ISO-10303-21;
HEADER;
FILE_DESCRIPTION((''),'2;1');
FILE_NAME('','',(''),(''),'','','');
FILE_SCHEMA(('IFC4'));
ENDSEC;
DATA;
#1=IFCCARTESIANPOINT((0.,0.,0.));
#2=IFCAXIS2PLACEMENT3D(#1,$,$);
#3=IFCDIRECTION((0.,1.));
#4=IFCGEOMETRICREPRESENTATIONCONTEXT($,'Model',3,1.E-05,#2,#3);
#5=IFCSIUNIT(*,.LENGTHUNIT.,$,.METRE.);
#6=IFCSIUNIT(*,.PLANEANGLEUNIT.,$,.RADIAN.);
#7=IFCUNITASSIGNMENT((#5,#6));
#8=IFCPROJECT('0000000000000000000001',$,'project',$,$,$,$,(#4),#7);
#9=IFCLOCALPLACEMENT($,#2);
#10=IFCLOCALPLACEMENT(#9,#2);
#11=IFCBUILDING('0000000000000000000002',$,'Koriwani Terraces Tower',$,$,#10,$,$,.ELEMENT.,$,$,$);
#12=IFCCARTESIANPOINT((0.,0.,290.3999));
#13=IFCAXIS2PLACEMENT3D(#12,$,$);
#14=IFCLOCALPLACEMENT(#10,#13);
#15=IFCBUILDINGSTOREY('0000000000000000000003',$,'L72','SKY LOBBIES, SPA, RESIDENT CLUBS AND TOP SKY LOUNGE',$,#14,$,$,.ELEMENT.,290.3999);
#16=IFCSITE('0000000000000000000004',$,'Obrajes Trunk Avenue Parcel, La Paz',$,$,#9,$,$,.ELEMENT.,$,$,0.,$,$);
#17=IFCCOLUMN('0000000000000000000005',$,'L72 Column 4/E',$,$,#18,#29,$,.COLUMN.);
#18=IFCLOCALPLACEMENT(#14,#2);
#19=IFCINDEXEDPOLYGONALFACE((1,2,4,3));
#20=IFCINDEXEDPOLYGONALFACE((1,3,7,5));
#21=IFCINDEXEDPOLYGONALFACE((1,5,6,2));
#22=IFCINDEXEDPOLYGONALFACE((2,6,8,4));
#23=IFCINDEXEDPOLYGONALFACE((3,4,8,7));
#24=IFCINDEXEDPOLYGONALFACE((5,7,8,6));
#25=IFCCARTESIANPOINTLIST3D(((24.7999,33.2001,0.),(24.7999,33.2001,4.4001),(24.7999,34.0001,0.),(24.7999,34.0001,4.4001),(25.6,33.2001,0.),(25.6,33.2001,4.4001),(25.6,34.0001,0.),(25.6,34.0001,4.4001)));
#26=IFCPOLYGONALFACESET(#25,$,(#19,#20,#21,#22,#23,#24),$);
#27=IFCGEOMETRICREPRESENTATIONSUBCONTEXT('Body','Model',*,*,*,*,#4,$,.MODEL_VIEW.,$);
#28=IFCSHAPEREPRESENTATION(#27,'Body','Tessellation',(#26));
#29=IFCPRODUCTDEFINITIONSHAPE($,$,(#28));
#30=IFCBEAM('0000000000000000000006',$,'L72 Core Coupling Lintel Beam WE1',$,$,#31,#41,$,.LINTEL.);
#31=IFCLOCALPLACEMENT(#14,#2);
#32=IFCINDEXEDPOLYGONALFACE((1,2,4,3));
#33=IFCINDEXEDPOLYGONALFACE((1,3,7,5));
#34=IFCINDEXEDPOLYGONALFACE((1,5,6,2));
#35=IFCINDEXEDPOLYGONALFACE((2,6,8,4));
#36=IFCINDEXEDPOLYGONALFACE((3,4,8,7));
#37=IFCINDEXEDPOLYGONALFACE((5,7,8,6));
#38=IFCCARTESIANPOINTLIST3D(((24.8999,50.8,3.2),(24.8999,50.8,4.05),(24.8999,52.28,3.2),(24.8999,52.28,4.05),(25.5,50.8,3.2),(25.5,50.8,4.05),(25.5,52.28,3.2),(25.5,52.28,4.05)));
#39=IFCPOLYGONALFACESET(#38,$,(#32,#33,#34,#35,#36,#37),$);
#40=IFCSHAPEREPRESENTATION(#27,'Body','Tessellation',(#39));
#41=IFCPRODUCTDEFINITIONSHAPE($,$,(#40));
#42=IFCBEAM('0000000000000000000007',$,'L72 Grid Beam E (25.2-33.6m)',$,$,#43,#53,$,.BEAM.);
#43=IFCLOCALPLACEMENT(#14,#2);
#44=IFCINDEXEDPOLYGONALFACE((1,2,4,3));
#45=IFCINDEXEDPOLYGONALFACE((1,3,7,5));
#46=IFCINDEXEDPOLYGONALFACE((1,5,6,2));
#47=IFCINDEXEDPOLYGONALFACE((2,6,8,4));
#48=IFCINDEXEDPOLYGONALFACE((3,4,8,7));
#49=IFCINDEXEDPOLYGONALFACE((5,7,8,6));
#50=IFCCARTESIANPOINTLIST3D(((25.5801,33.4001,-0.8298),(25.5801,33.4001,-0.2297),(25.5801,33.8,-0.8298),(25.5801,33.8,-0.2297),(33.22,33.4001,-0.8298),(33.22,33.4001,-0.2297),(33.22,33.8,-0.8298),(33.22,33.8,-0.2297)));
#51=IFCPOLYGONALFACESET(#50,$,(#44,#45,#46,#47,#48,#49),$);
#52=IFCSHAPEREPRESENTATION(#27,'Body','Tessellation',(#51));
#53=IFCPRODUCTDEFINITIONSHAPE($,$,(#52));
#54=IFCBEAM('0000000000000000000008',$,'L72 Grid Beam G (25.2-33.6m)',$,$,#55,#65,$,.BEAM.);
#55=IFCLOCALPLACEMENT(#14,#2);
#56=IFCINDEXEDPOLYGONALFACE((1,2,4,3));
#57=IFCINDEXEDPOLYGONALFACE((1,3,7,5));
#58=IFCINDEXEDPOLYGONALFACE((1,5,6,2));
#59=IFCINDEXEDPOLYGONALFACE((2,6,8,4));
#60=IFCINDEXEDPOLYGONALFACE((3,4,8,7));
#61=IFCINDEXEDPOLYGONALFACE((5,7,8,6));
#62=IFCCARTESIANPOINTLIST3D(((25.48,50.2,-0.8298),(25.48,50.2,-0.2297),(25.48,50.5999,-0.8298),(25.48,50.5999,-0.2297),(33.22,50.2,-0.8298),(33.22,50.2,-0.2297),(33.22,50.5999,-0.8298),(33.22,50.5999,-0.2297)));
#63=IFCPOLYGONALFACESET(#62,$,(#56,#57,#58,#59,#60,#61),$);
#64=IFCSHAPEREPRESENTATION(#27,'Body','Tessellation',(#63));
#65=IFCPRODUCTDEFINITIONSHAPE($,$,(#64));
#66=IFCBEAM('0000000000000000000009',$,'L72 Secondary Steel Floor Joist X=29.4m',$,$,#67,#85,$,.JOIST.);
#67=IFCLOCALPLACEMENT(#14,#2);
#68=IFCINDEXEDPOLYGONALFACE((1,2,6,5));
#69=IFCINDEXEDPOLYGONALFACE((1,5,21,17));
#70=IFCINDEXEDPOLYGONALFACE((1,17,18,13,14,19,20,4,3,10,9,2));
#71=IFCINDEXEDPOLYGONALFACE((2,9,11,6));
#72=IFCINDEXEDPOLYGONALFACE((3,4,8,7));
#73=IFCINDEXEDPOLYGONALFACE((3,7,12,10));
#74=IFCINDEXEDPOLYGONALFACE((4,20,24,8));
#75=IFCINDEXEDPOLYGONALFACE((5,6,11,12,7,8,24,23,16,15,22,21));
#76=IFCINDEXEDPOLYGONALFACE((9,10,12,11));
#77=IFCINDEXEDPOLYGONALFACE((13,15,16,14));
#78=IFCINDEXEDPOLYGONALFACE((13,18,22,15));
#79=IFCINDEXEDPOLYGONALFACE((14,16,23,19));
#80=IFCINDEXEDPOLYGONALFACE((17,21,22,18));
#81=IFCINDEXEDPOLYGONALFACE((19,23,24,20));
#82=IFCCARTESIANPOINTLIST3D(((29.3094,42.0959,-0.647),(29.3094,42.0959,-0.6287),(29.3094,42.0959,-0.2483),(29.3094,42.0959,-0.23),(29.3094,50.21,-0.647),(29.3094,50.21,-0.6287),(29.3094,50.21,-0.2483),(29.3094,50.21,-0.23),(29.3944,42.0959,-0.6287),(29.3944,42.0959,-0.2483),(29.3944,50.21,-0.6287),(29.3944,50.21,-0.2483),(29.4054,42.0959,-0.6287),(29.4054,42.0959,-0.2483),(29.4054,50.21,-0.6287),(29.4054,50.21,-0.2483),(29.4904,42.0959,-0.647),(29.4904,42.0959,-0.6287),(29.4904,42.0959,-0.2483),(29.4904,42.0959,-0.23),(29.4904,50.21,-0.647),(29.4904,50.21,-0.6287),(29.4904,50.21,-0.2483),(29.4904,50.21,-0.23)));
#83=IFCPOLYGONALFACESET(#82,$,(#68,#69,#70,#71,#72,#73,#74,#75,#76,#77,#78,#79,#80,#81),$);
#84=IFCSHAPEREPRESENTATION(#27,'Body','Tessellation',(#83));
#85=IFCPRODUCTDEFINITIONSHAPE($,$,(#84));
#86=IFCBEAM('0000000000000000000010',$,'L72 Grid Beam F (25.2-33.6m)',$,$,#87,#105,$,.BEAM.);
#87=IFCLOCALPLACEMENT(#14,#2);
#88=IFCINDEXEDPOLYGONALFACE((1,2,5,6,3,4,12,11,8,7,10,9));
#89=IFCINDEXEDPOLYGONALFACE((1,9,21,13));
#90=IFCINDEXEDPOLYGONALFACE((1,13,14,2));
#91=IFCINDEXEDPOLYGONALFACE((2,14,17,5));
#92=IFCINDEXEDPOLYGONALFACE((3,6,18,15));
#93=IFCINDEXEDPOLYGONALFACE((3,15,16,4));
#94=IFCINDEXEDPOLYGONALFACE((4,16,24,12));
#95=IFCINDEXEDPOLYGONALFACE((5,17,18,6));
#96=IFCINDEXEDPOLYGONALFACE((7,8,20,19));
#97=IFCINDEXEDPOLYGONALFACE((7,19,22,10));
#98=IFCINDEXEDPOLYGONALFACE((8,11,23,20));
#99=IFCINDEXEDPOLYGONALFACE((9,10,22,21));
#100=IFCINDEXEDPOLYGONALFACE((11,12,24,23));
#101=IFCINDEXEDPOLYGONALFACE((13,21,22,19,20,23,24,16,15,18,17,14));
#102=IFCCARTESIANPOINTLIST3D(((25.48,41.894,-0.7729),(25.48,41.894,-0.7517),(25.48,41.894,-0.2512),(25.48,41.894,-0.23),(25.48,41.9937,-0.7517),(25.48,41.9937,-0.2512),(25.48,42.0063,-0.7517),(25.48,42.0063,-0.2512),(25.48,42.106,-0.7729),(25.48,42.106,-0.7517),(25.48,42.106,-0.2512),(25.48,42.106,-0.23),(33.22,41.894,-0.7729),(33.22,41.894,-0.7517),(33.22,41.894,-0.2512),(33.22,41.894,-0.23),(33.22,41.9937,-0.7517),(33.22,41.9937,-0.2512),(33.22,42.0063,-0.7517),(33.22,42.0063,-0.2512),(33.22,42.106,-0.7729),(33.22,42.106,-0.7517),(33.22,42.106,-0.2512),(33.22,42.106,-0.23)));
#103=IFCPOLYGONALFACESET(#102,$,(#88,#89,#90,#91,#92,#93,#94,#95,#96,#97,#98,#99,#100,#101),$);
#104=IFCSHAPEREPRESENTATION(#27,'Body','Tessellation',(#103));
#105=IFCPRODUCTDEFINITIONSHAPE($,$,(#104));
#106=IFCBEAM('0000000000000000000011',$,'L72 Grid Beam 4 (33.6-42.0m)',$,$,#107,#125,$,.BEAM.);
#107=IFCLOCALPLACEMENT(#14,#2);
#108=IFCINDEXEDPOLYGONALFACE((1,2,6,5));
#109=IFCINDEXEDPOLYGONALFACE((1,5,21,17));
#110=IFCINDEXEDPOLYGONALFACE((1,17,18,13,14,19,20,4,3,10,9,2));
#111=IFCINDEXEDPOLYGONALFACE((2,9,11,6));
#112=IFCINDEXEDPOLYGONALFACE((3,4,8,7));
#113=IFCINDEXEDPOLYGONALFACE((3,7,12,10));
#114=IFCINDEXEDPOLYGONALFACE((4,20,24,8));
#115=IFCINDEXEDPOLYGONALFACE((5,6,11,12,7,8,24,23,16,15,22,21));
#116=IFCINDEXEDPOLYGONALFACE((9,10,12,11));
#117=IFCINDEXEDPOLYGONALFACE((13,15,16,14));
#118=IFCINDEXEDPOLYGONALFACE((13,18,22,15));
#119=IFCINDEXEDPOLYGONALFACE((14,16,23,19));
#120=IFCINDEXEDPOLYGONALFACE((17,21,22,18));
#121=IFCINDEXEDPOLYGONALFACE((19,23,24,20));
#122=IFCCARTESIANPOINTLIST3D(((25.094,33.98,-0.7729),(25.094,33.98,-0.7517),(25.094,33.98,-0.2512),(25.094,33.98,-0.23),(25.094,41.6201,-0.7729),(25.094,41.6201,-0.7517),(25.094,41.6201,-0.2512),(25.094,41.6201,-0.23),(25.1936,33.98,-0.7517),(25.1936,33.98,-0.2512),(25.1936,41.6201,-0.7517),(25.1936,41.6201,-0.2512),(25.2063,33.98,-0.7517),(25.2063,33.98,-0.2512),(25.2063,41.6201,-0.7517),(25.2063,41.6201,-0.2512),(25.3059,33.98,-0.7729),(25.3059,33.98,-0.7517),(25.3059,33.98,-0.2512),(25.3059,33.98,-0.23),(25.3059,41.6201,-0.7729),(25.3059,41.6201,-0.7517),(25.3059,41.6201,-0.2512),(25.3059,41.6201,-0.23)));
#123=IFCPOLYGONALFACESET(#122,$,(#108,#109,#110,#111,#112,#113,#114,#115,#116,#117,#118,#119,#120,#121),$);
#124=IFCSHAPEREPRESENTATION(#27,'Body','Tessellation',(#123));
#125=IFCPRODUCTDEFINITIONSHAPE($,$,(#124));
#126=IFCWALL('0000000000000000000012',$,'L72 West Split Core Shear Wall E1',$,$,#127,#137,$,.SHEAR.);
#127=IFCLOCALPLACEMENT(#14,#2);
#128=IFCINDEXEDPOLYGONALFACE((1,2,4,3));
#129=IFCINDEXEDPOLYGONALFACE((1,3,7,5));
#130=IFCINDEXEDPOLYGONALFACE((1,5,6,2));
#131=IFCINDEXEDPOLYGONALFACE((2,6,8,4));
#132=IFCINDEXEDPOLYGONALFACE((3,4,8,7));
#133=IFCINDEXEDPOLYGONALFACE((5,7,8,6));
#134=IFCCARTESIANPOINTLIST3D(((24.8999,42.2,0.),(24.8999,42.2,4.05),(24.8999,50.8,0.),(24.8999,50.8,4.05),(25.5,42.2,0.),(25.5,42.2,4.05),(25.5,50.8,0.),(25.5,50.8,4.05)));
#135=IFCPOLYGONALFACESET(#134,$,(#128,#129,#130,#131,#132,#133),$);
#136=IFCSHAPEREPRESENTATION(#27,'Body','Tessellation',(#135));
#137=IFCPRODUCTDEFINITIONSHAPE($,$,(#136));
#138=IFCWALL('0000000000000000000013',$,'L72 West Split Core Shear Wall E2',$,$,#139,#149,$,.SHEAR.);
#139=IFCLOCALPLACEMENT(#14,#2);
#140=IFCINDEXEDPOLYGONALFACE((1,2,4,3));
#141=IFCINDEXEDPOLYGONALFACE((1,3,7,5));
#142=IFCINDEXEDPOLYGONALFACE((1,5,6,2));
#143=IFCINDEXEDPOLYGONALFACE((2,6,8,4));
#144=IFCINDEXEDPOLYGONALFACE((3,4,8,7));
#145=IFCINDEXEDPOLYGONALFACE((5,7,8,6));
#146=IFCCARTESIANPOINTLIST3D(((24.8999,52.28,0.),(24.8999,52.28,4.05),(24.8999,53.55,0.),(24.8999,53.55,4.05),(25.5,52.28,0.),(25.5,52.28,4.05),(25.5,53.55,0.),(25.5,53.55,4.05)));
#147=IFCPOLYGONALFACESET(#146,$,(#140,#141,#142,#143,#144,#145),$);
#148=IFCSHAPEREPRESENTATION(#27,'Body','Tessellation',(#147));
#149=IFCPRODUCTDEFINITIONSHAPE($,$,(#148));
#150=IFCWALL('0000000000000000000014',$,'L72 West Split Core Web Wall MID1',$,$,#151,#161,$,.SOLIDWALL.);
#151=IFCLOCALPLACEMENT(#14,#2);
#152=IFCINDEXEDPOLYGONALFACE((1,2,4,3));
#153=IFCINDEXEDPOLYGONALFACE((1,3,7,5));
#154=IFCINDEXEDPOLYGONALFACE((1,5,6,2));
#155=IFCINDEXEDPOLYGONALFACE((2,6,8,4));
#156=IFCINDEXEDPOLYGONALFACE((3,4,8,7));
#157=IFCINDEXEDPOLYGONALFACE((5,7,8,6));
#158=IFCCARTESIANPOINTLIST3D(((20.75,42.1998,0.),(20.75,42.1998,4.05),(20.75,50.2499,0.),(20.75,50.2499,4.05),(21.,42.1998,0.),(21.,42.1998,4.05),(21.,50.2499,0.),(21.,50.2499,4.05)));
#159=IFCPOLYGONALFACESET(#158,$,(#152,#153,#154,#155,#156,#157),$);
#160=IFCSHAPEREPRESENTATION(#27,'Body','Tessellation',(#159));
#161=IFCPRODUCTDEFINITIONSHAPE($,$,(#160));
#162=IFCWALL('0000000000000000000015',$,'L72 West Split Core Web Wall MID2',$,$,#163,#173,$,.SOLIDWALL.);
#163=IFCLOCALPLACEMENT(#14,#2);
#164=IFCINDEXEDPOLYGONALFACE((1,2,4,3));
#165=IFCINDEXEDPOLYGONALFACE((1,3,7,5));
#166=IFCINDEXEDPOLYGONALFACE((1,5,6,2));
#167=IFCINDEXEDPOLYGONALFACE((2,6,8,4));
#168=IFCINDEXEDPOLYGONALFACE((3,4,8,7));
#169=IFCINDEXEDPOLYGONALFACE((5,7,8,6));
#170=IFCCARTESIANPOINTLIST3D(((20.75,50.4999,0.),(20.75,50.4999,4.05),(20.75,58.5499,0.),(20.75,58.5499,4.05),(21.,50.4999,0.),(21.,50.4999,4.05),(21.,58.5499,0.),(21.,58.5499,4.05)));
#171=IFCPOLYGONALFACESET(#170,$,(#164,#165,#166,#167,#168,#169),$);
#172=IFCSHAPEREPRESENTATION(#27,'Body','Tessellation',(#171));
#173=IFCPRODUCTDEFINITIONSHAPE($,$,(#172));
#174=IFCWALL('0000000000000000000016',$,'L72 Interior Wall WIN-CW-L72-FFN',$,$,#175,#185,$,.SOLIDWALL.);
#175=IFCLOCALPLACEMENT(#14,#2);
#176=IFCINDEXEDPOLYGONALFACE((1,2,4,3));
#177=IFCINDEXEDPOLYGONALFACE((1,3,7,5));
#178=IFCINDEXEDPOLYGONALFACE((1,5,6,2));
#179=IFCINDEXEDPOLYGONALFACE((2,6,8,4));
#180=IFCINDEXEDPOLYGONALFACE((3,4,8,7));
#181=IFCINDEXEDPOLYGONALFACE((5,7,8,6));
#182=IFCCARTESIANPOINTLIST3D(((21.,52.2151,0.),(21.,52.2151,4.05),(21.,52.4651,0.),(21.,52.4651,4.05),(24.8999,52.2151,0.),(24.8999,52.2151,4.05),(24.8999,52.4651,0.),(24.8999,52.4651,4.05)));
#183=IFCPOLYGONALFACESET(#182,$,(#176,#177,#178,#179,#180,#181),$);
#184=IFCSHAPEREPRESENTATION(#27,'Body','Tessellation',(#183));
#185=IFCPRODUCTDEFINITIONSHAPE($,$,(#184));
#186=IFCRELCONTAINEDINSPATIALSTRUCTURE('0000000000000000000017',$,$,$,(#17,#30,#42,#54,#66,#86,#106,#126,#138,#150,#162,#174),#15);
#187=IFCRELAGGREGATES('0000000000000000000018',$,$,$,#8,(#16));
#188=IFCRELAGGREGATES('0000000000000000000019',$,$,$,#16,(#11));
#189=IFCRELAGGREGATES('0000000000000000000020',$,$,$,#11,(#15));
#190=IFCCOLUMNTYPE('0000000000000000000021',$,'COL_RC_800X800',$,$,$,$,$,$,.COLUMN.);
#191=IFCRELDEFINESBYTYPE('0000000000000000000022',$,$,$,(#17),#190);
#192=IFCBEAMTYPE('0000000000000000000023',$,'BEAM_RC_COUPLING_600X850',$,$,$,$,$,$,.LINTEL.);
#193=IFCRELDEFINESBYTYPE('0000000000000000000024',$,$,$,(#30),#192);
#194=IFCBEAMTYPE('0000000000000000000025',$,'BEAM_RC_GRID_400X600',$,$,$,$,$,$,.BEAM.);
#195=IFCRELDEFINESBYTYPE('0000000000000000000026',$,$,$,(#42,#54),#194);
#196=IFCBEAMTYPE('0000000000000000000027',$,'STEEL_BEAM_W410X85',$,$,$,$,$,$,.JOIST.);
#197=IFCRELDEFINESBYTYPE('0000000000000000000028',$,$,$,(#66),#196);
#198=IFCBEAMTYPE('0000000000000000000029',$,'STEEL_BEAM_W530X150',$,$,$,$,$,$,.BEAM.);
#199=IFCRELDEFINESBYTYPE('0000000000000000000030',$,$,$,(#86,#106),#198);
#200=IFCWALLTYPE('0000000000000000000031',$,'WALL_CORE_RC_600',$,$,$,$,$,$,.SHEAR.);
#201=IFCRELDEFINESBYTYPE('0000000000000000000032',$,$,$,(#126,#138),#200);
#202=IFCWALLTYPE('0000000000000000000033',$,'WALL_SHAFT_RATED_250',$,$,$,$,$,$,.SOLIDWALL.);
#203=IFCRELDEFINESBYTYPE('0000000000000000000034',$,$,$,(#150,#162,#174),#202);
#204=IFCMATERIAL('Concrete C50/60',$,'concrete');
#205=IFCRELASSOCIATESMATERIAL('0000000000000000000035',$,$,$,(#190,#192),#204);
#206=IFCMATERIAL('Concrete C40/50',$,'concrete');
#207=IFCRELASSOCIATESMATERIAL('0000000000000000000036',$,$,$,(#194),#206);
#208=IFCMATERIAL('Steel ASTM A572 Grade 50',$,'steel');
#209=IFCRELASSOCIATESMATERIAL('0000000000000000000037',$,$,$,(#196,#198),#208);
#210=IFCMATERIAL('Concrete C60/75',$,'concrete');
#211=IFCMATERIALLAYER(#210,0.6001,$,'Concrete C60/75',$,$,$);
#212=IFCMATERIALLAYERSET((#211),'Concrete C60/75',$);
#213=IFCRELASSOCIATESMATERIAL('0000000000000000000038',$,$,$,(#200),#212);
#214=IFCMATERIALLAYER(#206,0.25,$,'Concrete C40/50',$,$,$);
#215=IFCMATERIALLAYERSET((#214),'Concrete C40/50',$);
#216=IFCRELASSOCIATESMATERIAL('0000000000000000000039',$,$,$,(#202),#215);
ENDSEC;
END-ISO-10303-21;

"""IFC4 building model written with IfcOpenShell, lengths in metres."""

from ifc_helpers import new_model, si_unit, direction, frame, frame_2d, origin, origin_2d, place, context, subcontext, project, spatial, rectangle, i_section, extrude, material, layer, layer_set, material_profile, profile_set, type_object, element, save


model = new_model("IFC4")

# Units and contexts
model_context = context("Model", 3, precision=1e-05, world=origin(), true_north=direction((0.0, 1.0)))
body_context = subcontext(model_context, "Body", "Model", "MODEL_VIEW")
ifc_project = project(units=[si_unit("LENGTHUNIT", "METRE"), si_unit("PLANEANGLEUNIT", "RADIAN")], contexts=[model_context])

# Site, building, storey
site_placement = place(None, origin())
site = spatial("IfcSite", under=ifc_project, at=site_placement, Name="Obrajes Trunk Avenue Parcel, La Paz", CompositionType="ELEMENT", RefElevation=0.0)
building_placement = place(site_placement, origin())
building = spatial("IfcBuilding", under=site, at=building_placement, Name="Koriwani Terraces Tower", CompositionType="ELEMENT")
storey_placement = place(building_placement, frame((0.0, 0.0, 290.3999)))
storey = spatial("IfcBuildingStorey", under=building, at=storey_placement, Name="L72", Description="SKY LOBBIES, SPA, RESIDENT CLUBS AND TOP SKY LOUNGE", CompositionType="ELEMENT", Elevation=290.3999)

# Column
ifc_material_1 = material(Name="Concrete C50/60", Category="concrete")
ifc_material_profile_1 = material_profile(ifc_material_1, rectangle(XDim=0.8, YDim=0.8, at=origin_2d()), Name="Concrete C50/60", Category="LoadBearing")
ifc_profile_set_1 = profile_set([ifc_material_profile_1], Name="Concrete C50/60")
column_type = type_object("IfcColumnType", Name="COL_RC_800X800", PredefinedType="COLUMN", material=ifc_profile_set_1)
column_placement = place(storey_placement, frame((25.2, 33.6001, 0.0), z_axis=(0.0, 0.0, 1.0), x_axis=(1.0, 0.0, 0.0)))
element("IfcColumn", 1, at=column_placement, inside=storey, type_object=column_type, Name="L72 Column 4/E", PredefinedType="COLUMN", context=body_context, shape_type="SweptSolid", body=[
    extrude(rectangle(XDim=0.8, YDim=0.8, at=origin_2d()), origin(), (0.0, 0.0, 1.0), 4.4001),
])

# Beams
ifc_material_profile_2 = material_profile(ifc_material_1, rectangle(XDim=0.6001, YDim=0.8501, at=origin_2d()), Name="Concrete C50/60", Category="LoadBearing")
ifc_profile_set_2 = profile_set([ifc_material_profile_2], Name="Concrete C50/60")
beam_type_1 = type_object("IfcBeamType", Name="BEAM_RC_COUPLING_600X850", PredefinedType="LINTEL", material=ifc_profile_set_2)
beam_1_placement = place(storey_placement, frame((25.2, 50.8, 3.625), z_axis=(0.0, 1.0, 0.0), x_axis=(-1.0, 0.0, 0.0)))
element("IfcBeam", 2, at=beam_1_placement, inside=storey, type_object=beam_type_1, Name="L72 Core Coupling Lintel Beam WE1", PredefinedType="LINTEL", context=body_context, shape_type="SweptSolid", body=[
    extrude(rectangle(XDim=0.6001, YDim=0.8501, at=origin_2d()), origin(), (0.0, 0.0, 1.0), 1.48),
])
ifc_material_2 = material(Name="Concrete C40/50", Category="concrete")
ifc_material_profile_3 = material_profile(ifc_material_2, rectangle(XDim=0.3999, YDim=0.6001, at=origin_2d()), Name="Concrete C40/50", Category="LoadBearing")
ifc_profile_set_3 = profile_set([ifc_material_profile_3], Name="Concrete C40/50")
beam_type_2 = type_object("IfcBeamType", Name="BEAM_RC_GRID_400X600", PredefinedType="BEAM", material=ifc_profile_set_3)
beam_2_placement = place(storey_placement, frame((25.5801, 33.6001, -0.5298), z_axis=(1.0, 0.0, 0.0), x_axis=(0.0, 1.0, 0.0)))
element("IfcBeam", 3, at=beam_2_placement, inside=storey, type_object=beam_type_2, Name="L72 Grid Beam E (25.2-33.6m)", PredefinedType="BEAM", context=body_context, shape_type="SweptSolid", body=[
    extrude(rectangle(XDim=0.3999, YDim=0.6001, at=origin_2d()), origin(), (0.0, 0.0, 1.0), 7.6399),
])
beam_3_placement = place(storey_placement, frame((25.48, 50.3999, -0.5298), z_axis=(1.0, 0.0, 0.0), x_axis=(0.0, 1.0, 0.0)))
element("IfcBeam", 4, at=beam_3_placement, inside=storey, type_object=beam_type_2, Name="L72 Grid Beam G (25.2-33.6m)", PredefinedType="BEAM", context=body_context, shape_type="SweptSolid", body=[
    extrude(rectangle(XDim=0.3999, YDim=0.6001, at=origin_2d()), origin(), (0.0, 0.0, 1.0), 7.74),
])
ifc_material_3 = material(Name="Steel ASTM A572 Grade 50", Category="steel")
ifc_material_profile_4 = material_profile(ifc_material_3, i_section(OverallWidth=0.1809, OverallDepth=0.417, WebThickness=0.011, FlangeThickness=0.0183, at=origin_2d()), Name="Steel ASTM A572 Grade 50", Category="LoadBearing")
ifc_profile_set_4 = profile_set([ifc_material_profile_4], Name="Steel ASTM A572 Grade 50")
beam_type_3 = type_object("IfcBeamType", Name="STEEL_BEAM_W410X85", PredefinedType="JOIST", material=ifc_profile_set_4)
beam_4_placement = place(storey_placement, frame((29.3999, 42.0959, -0.4385), z_axis=(0.0, 1.0, 0.0), x_axis=(-1.0, 0.0, 0.0)))
element("IfcBeam", 5, at=beam_4_placement, inside=storey, type_object=beam_type_3, Name="L72 Secondary Steel Floor Joist X=29.4m", PredefinedType="JOIST", context=body_context, shape_type="SweptSolid", body=[
    extrude(i_section(OverallWidth=0.1809, OverallDepth=0.417, WebThickness=0.011, FlangeThickness=0.0183, at=origin_2d()), origin(), (0.0, 0.0, 1.0), 8.114),
])
ifc_material_profile_5 = material_profile(ifc_material_3, i_section(OverallWidth=0.2119, OverallDepth=0.543, WebThickness=0.0127, FlangeThickness=0.0212, at=origin_2d()), Name="Steel ASTM A572 Grade 50", Category="LoadBearing")
ifc_profile_set_5 = profile_set([ifc_material_profile_5], Name="Steel ASTM A572 Grade 50")
beam_type_4 = type_object("IfcBeamType", Name="STEEL_BEAM_W530X150", PredefinedType="BEAM", material=ifc_profile_set_5)
beam_5_placement = place(storey_placement, frame((25.48, 42.0, -0.5015), z_axis=(1.0, 0.0, 0.0), x_axis=(0.0, 1.0, 0.0)))
element("IfcBeam", 6, at=beam_5_placement, inside=storey, type_object=beam_type_4, Name="L72 Grid Beam F (25.2-33.6m)", PredefinedType="BEAM", context=body_context, shape_type="SweptSolid", body=[
    extrude(i_section(OverallWidth=0.2119, OverallDepth=0.543, WebThickness=0.0127, FlangeThickness=0.0212, at=origin_2d()), origin(), (0.0, 0.0, 1.0), 7.74),
])
beam_6_placement = place(storey_placement, frame((25.2, 33.98, -0.5015), z_axis=(0.0, 1.0, 0.0), x_axis=(-1.0, 0.0, 0.0)))
element("IfcBeam", 7, at=beam_6_placement, inside=storey, type_object=beam_type_4, Name="L72 Grid Beam 4 (33.6-42.0m)", PredefinedType="BEAM", context=body_context, shape_type="SweptSolid", body=[
    extrude(i_section(OverallWidth=0.2119, OverallDepth=0.543, WebThickness=0.0127, FlangeThickness=0.0212, at=origin_2d()), origin(), (0.0, 0.0, 1.0), 7.6401),
])

# Walls
ifc_material_4 = material(Name="Concrete C60/75", Category="concrete")
ifc_layer_1 = layer(ifc_material_4, 0.6001, Name="Concrete C60/75")
ifc_layer_set_1 = layer_set([ifc_layer_1], Name="Concrete C60/75")
wall_type_1 = type_object("IfcWallType", Name="WALL_CORE_RC_600", PredefinedType="SHEAR", material=ifc_layer_set_1)
wall_1_placement = place(storey_placement, frame((25.2, 42.2, 0.0), z_axis=(0.0, 0.0, 1.0), x_axis=(0.0, 1.0, 0.0)))
element("IfcWall", 8, at=wall_1_placement, inside=storey, type_object=wall_type_1, Name="L72 West Split Core Shear Wall E1", PredefinedType="SHEAR", context=body_context, shape_type="SweptSolid", body=[
    extrude(rectangle(XDim=8.6001, YDim=0.6001, at=frame_2d((4.3, 0.0))), origin(), (0.0, 0.0, 1.0), 4.05),
])
wall_2_placement = place(storey_placement, frame((25.2, 52.28, 0.0), z_axis=(0.0, 0.0, 1.0), x_axis=(0.0, 1.0, 0.0)))
element("IfcWall", 9, at=wall_2_placement, inside=storey, type_object=wall_type_1, Name="L72 West Split Core Shear Wall E2", PredefinedType="SHEAR", context=body_context, shape_type="SweptSolid", body=[
    extrude(rectangle(XDim=1.27, YDim=0.6001, at=frame_2d((0.635, 0.0))), origin(), (0.0, 0.0, 1.0), 4.05),
])
ifc_layer_2 = layer(ifc_material_2, 0.25, Name="Concrete C40/50")
ifc_layer_set_2 = layer_set([ifc_layer_2], Name="Concrete C40/50")
wall_type_2 = type_object("IfcWallType", Name="WALL_SHAFT_RATED_250", PredefinedType="SOLIDWALL", material=ifc_layer_set_2)
for number, where, z_axis, x_axis, name in (
    (10, (20.875, 42.2, 0.0), (0.0, 0.0, 1.0), (0.0, 1.0, 0.0), "L72 West Split Core Web Wall MID1"),
    (11, (20.875, 50.5, 0.0), (0.0, 0.0, 1.0), (0.0, 1.0, 0.0), "L72 West Split Core Web Wall MID2"),
):
    element("IfcWall", number, at=place(storey_placement, frame(where, z_axis=z_axis, x_axis=x_axis)), inside=storey, type_object=wall_type_2, Name=name, PredefinedType="SOLIDWALL", context=body_context, shape_type="SweptSolid", body=[
        extrude(rectangle(XDim=8.05, YDim=0.25, at=frame_2d((4.0249, 0.0))), origin(), (0.0, 0.0, 1.0), 4.05),
    ])

# Wall
wall_3_placement = place(storey_placement, frame((21.0, 52.3401, 0.0), z_axis=(0.0, 0.0, 1.0), x_axis=(1.0, 0.0, 0.0)))
element("IfcWall", 12, at=wall_3_placement, inside=storey, type_object=wall_type_2, Name="L72 Interior Wall WIN-CW-L72-FFN", PredefinedType="SOLIDWALL", context=body_context, shape_type="SweptSolid", body=[
    extrude(rectangle(XDim=3.8999, YDim=0.25, at=frame_2d((1.95, 0.0))), origin(), (0.0, 0.0, 1.0), 4.05),
])

save(model, "model.ifc")
